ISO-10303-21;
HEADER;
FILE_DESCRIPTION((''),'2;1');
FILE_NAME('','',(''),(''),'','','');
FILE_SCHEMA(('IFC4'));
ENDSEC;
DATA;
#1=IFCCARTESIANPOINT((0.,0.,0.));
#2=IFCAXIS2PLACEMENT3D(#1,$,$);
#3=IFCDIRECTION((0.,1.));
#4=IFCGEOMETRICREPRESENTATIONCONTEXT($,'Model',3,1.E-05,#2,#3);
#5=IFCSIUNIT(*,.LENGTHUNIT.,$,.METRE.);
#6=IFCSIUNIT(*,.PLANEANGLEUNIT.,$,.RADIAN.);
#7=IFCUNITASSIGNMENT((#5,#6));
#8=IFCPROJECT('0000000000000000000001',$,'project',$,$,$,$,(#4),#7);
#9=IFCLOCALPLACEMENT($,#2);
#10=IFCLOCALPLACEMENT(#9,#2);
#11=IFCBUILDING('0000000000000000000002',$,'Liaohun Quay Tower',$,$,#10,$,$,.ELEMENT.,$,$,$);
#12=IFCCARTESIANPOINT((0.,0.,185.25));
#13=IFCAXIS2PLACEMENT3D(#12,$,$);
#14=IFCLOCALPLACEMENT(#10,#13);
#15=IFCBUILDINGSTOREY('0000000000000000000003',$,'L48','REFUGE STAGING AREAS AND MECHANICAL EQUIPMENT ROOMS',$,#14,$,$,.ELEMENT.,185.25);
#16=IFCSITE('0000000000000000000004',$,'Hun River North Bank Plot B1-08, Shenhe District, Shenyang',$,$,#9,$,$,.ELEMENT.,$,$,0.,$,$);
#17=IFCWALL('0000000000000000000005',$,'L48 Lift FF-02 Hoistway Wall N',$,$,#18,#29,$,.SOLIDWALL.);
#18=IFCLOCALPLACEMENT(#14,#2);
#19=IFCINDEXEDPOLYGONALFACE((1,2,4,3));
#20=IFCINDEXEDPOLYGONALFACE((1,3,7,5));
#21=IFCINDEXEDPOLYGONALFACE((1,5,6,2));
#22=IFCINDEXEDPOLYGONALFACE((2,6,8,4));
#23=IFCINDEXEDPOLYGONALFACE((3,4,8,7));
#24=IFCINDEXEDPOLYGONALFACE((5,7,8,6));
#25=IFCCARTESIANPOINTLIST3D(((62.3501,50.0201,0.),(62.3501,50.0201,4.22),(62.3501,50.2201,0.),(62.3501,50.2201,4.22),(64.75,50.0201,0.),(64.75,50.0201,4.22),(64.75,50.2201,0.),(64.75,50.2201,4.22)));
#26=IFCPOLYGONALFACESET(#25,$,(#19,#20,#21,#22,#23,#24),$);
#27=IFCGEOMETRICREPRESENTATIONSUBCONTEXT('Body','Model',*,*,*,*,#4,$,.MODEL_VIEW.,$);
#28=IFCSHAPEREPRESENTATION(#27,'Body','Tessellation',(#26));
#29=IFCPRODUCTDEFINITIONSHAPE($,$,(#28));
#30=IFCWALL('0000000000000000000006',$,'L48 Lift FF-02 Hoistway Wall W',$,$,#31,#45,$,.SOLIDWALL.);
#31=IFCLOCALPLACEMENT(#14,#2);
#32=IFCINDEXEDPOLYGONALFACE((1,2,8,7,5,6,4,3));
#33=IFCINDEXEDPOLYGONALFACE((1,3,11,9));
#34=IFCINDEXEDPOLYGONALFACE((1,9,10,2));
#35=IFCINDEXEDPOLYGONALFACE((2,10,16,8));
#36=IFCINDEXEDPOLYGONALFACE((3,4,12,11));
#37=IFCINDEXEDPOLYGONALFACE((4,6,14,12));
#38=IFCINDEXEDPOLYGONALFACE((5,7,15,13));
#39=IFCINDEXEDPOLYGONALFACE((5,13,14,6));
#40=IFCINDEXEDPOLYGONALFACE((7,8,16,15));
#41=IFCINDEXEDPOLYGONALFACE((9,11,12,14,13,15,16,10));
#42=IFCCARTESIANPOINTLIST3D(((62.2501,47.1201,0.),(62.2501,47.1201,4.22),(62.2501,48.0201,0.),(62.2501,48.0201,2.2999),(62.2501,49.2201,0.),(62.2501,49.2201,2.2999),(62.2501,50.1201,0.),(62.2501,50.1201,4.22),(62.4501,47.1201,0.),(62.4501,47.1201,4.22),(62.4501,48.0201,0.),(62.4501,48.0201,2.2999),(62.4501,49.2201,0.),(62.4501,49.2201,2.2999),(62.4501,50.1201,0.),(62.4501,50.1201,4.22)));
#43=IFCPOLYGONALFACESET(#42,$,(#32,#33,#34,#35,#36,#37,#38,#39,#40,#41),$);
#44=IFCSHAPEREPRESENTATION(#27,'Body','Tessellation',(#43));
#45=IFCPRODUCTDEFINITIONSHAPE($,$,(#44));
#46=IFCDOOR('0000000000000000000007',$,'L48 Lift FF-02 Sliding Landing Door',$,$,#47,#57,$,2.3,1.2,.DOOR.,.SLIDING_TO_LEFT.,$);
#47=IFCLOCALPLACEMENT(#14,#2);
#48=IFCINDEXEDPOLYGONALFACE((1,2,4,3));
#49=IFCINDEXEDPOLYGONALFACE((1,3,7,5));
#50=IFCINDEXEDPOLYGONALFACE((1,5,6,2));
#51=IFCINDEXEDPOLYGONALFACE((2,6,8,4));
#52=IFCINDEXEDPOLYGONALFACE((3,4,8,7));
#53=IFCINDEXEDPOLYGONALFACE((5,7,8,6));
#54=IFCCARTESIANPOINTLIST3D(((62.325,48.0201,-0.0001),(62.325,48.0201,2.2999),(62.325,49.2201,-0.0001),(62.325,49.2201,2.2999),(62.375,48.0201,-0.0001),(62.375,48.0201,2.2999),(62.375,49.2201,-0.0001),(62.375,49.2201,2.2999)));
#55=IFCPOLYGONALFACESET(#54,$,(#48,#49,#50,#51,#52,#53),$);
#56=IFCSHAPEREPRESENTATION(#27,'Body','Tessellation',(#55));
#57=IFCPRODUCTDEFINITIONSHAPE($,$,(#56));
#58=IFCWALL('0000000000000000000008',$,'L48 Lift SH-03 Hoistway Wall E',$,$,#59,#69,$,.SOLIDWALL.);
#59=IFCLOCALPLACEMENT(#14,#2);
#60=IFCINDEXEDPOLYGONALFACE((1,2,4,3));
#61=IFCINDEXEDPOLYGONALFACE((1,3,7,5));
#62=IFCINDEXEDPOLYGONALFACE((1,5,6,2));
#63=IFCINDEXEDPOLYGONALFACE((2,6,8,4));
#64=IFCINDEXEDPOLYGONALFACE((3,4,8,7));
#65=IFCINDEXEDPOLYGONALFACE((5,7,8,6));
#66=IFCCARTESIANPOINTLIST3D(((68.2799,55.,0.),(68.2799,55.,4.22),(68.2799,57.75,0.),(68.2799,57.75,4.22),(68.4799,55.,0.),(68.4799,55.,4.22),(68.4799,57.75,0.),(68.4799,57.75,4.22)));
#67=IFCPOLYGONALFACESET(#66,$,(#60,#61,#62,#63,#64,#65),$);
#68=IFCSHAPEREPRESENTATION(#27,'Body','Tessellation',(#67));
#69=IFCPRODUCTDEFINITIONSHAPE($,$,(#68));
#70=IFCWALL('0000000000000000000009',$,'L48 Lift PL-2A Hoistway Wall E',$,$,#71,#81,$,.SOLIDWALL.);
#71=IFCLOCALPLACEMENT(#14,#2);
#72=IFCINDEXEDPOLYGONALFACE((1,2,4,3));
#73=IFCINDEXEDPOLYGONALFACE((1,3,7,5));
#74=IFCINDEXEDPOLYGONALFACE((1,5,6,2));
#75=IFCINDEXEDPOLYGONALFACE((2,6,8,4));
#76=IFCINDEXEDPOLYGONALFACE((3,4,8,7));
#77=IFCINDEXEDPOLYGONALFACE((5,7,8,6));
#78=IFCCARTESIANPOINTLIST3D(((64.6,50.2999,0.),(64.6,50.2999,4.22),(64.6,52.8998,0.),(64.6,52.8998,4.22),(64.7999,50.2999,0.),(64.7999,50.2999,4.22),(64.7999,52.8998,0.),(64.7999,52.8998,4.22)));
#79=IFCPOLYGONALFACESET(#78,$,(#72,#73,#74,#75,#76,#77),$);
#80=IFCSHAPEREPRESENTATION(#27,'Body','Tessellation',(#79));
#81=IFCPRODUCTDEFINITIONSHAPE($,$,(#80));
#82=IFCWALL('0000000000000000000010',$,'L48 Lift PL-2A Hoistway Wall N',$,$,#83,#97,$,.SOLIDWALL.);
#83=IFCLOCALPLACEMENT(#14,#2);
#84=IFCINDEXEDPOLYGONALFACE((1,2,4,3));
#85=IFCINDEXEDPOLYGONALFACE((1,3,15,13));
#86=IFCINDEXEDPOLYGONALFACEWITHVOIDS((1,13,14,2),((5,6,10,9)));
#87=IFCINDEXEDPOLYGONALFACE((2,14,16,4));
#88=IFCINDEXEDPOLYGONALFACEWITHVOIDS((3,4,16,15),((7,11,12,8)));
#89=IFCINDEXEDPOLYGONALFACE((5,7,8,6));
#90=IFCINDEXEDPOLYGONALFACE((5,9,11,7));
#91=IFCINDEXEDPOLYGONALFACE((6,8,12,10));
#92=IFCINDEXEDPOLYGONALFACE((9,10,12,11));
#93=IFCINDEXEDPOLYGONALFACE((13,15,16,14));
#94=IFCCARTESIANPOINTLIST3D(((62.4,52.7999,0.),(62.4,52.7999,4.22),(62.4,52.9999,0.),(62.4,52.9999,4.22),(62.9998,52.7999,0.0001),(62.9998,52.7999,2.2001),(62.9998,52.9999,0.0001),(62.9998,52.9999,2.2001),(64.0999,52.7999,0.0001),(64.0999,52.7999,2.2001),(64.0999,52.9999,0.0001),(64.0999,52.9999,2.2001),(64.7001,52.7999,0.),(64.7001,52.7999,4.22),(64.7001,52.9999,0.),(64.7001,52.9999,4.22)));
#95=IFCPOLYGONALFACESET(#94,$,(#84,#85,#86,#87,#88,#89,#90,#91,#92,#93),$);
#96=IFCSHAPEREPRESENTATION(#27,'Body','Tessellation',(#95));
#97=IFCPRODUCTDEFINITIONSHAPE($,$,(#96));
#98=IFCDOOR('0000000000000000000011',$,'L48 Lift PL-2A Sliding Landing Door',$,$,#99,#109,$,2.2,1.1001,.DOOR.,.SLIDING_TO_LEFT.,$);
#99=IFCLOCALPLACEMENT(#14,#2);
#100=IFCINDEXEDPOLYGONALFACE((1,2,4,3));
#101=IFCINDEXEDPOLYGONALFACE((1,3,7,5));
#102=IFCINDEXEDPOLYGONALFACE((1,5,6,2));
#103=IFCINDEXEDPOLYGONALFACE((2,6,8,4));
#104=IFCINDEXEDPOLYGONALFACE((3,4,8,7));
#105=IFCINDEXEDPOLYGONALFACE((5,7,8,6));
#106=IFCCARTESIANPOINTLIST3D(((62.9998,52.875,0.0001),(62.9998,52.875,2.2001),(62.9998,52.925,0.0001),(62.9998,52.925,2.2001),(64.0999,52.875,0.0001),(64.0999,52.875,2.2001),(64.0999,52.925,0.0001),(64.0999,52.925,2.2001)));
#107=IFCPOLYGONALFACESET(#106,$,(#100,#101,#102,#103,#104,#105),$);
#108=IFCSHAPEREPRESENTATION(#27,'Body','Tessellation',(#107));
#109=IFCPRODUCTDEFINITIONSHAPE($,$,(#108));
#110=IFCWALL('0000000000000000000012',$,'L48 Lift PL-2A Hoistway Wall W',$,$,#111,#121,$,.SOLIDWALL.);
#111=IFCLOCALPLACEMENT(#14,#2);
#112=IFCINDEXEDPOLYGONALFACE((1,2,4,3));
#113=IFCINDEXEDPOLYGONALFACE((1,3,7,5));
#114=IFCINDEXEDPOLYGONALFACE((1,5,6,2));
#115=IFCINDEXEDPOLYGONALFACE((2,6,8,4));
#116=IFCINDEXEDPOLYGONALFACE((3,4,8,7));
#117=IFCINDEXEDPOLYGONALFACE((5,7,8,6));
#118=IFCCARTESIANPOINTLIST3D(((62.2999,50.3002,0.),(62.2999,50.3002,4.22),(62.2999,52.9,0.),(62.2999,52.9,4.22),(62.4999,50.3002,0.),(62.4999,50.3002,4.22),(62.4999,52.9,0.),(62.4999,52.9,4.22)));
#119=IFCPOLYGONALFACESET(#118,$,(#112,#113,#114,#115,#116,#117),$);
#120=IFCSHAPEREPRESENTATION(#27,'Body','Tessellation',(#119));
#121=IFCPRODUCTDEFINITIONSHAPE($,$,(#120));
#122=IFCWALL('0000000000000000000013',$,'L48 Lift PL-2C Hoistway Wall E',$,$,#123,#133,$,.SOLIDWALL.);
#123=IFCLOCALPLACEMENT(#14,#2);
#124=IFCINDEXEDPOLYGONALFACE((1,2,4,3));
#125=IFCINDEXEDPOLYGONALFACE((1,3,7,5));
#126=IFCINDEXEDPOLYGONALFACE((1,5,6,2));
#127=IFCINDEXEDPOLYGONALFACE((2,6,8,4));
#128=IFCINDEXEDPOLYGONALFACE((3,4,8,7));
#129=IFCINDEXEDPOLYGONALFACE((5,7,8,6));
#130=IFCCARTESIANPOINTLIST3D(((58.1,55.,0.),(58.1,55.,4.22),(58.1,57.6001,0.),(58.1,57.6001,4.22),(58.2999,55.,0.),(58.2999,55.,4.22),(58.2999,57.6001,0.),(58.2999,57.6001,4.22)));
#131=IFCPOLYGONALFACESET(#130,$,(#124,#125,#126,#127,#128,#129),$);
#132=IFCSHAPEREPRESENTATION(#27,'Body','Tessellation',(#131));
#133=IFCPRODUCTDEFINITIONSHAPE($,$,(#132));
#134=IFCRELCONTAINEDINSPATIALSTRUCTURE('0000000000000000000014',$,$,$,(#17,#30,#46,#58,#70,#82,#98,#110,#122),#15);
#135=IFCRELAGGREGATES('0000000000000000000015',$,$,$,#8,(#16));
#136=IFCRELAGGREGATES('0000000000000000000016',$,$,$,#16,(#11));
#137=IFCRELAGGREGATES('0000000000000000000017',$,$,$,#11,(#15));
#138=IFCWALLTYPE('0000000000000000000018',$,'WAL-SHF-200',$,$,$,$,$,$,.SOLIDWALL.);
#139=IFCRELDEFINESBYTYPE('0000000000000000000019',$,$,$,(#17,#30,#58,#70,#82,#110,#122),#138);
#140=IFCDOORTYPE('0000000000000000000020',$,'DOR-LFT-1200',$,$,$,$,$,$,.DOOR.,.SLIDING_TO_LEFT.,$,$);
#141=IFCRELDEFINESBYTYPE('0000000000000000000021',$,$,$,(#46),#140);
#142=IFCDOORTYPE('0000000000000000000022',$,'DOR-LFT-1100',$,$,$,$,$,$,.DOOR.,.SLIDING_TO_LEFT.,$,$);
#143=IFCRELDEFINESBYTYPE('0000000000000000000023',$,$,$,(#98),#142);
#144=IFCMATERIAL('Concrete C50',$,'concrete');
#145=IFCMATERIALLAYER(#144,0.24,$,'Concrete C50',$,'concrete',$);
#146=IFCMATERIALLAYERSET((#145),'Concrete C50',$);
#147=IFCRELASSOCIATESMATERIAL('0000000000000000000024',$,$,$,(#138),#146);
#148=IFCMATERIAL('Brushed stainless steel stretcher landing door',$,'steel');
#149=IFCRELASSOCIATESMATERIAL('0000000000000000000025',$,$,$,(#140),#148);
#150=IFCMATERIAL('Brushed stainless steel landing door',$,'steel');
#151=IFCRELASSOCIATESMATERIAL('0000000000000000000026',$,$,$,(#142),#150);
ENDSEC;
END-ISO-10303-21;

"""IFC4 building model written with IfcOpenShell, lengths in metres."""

from ifc_helpers import new_model, si_unit, direction, frame, frame_2d, origin, place, context, subcontext, project, spatial, rectangle, extrude, source, transform, mapped, material, layer, layer_set, type_object, element, fill, save


model = new_model("IFC4")

# Units and contexts
model_context = context("Model", 3, precision=1e-05, world=origin(), true_north=direction((0.0, 1.0)))
body_context = subcontext(model_context, "Body", "Model", "MODEL_VIEW")
ifc_project = project(units=[si_unit("LENGTHUNIT", "METRE"), si_unit("PLANEANGLEUNIT", "RADIAN")], contexts=[model_context])

# Site, building, storey
site_placement = place(None, origin())
site = spatial("IfcSite", under=ifc_project, at=site_placement, Name="Hun River North Bank Plot B1-08, Shenhe District, Shenyang", CompositionType="ELEMENT", RefElevation=0.0)
building_placement = place(site_placement, origin())
building = spatial("IfcBuilding", under=site, at=building_placement, Name="Liaohun Quay Tower", CompositionType="ELEMENT")
storey_placement = place(building_placement, frame((0.0, 0.0, 185.25)))
storey = spatial("IfcBuildingStorey", under=building, at=storey_placement, Name="L48", Description="REFUGE STAGING AREAS AND MECHANICAL EQUIPMENT ROOMS", CompositionType="ELEMENT", Elevation=185.25)

# Wall
ifc_material_1 = material(Name="Concrete C50", Category="concrete")
ifc_layer_1 = layer(ifc_material_1, 0.24, Name="Concrete C50", Category="concrete")
ifc_layer_set_1 = layer_set([ifc_layer_1], Name="Concrete C50")
wall_type_1 = type_object("IfcWallType", Name="WAL-SHF-200", PredefinedType="SOLIDWALL", material=ifc_layer_set_1)
wall_1_placement = place(storey_placement, frame((64.75, 50.1201, 0.0), z_axis=(0.0, 0.0, 1.0), x_axis=(-1.0, 0.0, 0.0)))
element("IfcWall", 1, at=wall_1_placement, inside=storey, type_object=wall_type_1, Name="L48 Lift FF-02 Hoistway Wall N", PredefinedType="SOLIDWALL", context=body_context, shape_type="SweptSolid", body=[
    extrude(rectangle(XDim=2.3999, YDim=0.2, at=frame_2d((1.2, 0.0))), origin(), (0.0, 0.0, 1.0), 4.22),
])

# Wall, opening, door
wall_2_placement = place(storey_placement, frame((62.3501, 50.1201, 0.0), z_axis=(0.0, 0.0, 1.0), x_axis=(0.0, -1.0, 0.0)))
wall_2 = element("IfcWall", 2, at=wall_2_placement, inside=storey, type_object=wall_type_1, Name="L48 Lift FF-02 Hoistway Wall W", PredefinedType="SOLIDWALL", context=body_context, shape_type="SweptSolid", body=[
    extrude(rectangle(XDim=3.0, YDim=0.2, at=frame_2d((1.5, 0.0))), origin(), (0.0, 0.0, 1.0), 4.22),
])
shared_shape_1 = source(origin(), body_context, "Body", "SweptSolid", [
    extrude(rectangle(XDim=1.2, YDim=2.3, at=frame_2d((0.6001, 1.1499))), frame((0.0, 0.1099, 0.0), z_axis=(0.0, -1.0, 0.0), x_axis=(1.0, 0.0, 0.0)), (0.0, 0.0, 1.0), 0.22),
])
opening_1_placement = place(wall_2_placement, frame((0.8999, 0.0, 0.0)))
opening_1 = element("IfcOpeningElement", 3, at=opening_1_placement, cuts=wall_2, PredefinedType="OPENING", context=body_context, shape_type="MappedRepresentation", body=[
    mapped(shared_shape_1, transform((0.0, 0.0, 0.0), x_axis=(1.0, 0.0, 0.0), y_axis=(0.0, 1.0, 0.0), z_axis=(0.0, 0.0, 1.0), scale=1.0)),
])
ifc_material_2 = material(Name="Brushed stainless steel stretcher landing door", Category="steel")
door_type_1 = type_object("IfcDoorType", Name="DOR-LFT-1200", OperationType="SLIDING_TO_LEFT", PredefinedType="DOOR", material=ifc_material_2)
shared_shape_2 = source(origin(), body_context, "Body", "SweptSolid", [
    extrude(rectangle(XDim=1.2, YDim=2.3, at=frame_2d((0.6001, 1.1499))), frame((0.0, 0.0249, 0.0), z_axis=(0.0, -1.0, 0.0), x_axis=(1.0, 0.0, 0.0)), (0.0, 0.0, 1.0), 0.05),
])
door_1_placement = place(opening_1_placement, origin())
door_1 = element("IfcDoor", 4, at=door_1_placement, inside=storey, type_object=door_type_1, Name="L48 Lift FF-02 Sliding Landing Door", OperationType="SLIDING_TO_LEFT", OverallHeight=2.3, OverallWidth=1.2, PredefinedType="DOOR", context=body_context, shape_type="MappedRepresentation", body=[
    mapped(shared_shape_2, transform((0.0, 0.0, 0.0), x_axis=(1.0, 0.0, 0.0), y_axis=(0.0, 1.0, 0.0), z_axis=(0.0, 0.0, 1.0), scale=1.0)),
])
fill(opening_1, door_1)

# Walls
wall_3_placement = place(storey_placement, frame((68.3799, 55.0, 0.0), z_axis=(0.0, 0.0, 1.0), x_axis=(0.0, 1.0, 0.0)))
element("IfcWall", 5, at=wall_3_placement, inside=storey, type_object=wall_type_1, Name="L48 Lift SH-03 Hoistway Wall E", PredefinedType="SOLIDWALL", context=body_context, shape_type="SweptSolid", body=[
    extrude(rectangle(XDim=2.75, YDim=0.2, at=frame_2d((1.375, 0.0))), origin(), (0.0, 0.0, 1.0), 4.22),
])
wall_4_placement = place(storey_placement, frame((64.7, 50.3, 0.0), z_axis=(0.0, 0.0, 1.0), x_axis=(0.0, 1.0, 0.0)))
element("IfcWall", 6, at=wall_4_placement, inside=storey, type_object=wall_type_1, Name="L48 Lift PL-2A Hoistway Wall E", PredefinedType="SOLIDWALL", context=body_context, shape_type="SweptSolid", body=[
    extrude(rectangle(XDim=2.5999, YDim=0.2, at=frame_2d((1.2998, 0.0))), origin(), (0.0, 0.0, 1.0), 4.22),
])

# Wall, opening, door
wall_5_placement = place(storey_placement, frame((64.7, 52.8999, 0.0), z_axis=(0.0, 0.0, 1.0), x_axis=(-1.0, 0.0, 0.0)))
wall_5 = element("IfcWall", 7, at=wall_5_placement, inside=storey, type_object=wall_type_1, Name="L48 Lift PL-2A Hoistway Wall N", PredefinedType="SOLIDWALL", context=body_context, shape_type="SweptSolid", body=[
    extrude(rectangle(XDim=2.3, YDim=0.2, at=frame_2d((1.1499, 0.0))), origin(), (0.0, 0.0, 1.0), 4.22),
])
shared_shape_3 = source(origin(), body_context, "Body", "SweptSolid", [
    extrude(rectangle(XDim=1.1001, YDim=2.2, at=frame_2d((0.55, 1.1001))), frame((0.0, 0.1099, 0.0), z_axis=(0.0, -1.0, 0.0), x_axis=(1.0, 0.0, 0.0)), (0.0, 0.0, 1.0), 0.22),
])
opening_2_placement = place(wall_5_placement, frame((0.6001, 0.0, 0.0)))
opening_2 = element("IfcOpeningElement", 8, at=opening_2_placement, cuts=wall_5, PredefinedType="OPENING", context=body_context, shape_type="MappedRepresentation", body=[
    mapped(shared_shape_3, transform((0.0, 0.0, 0.0), x_axis=(1.0, 0.0, 0.0), y_axis=(0.0, 1.0, 0.0), z_axis=(0.0, 0.0, 1.0), scale=1.0)),
])
ifc_material_3 = material(Name="Brushed stainless steel landing door", Category="steel")
door_type_2 = type_object("IfcDoorType", Name="DOR-LFT-1100", OperationType="SLIDING_TO_LEFT", PredefinedType="DOOR", material=ifc_material_3)
shared_shape_4 = source(origin(), body_context, "Body", "SweptSolid", [
    extrude(rectangle(XDim=1.1001, YDim=2.2, at=frame_2d((0.55, 1.1001))), frame((0.0, 0.0249, 0.0), z_axis=(0.0, -1.0, 0.0), x_axis=(1.0, 0.0, 0.0)), (0.0, 0.0, 1.0), 0.05),
])
door_2_placement = place(opening_2_placement, origin())
door_2 = element("IfcDoor", 9, at=door_2_placement, inside=storey, type_object=door_type_2, Name="L48 Lift PL-2A Sliding Landing Door", OperationType="SLIDING_TO_LEFT", OverallHeight=2.2, OverallWidth=1.1001, PredefinedType="DOOR", context=body_context, shape_type="MappedRepresentation", body=[
    mapped(shared_shape_4, transform((0.0, 0.0, 0.0), x_axis=(1.0, 0.0, 0.0), y_axis=(0.0, 1.0, 0.0), z_axis=(0.0, 0.0, 1.0), scale=1.0)),
])
fill(opening_2, door_2)

# Walls
wall_6_placement = place(storey_placement, frame((62.3999, 52.8999, 0.0), z_axis=(0.0, 0.0, 1.0), x_axis=(0.0, -1.0, 0.0)))
element("IfcWall", 10, at=wall_6_placement, inside=storey, type_object=wall_type_1, Name="L48 Lift PL-2A Hoistway Wall W", PredefinedType="SOLIDWALL", context=body_context, shape_type="SweptSolid", body=[
    extrude(rectangle(XDim=2.5999, YDim=0.2, at=frame_2d((1.2998, 0.0))), origin(), (0.0, 0.0, 1.0), 4.22),
])
wall_7_placement = place(storey_placement, frame((58.2, 55.0, 0.0), z_axis=(0.0, 0.0, 1.0), x_axis=(0.0, 1.0, 0.0)))
element("IfcWall", 11, at=wall_7_placement, inside=storey, type_object=wall_type_1, Name="L48 Lift PL-2C Hoistway Wall E", PredefinedType="SOLIDWALL", context=body_context, shape_type="SweptSolid", body=[
    extrude(rectangle(XDim=2.6001, YDim=0.2, at=frame_2d((1.3, 0.0))), origin(), (0.0, 0.0, 1.0), 4.22),
])

save(model, "model.ifc")
